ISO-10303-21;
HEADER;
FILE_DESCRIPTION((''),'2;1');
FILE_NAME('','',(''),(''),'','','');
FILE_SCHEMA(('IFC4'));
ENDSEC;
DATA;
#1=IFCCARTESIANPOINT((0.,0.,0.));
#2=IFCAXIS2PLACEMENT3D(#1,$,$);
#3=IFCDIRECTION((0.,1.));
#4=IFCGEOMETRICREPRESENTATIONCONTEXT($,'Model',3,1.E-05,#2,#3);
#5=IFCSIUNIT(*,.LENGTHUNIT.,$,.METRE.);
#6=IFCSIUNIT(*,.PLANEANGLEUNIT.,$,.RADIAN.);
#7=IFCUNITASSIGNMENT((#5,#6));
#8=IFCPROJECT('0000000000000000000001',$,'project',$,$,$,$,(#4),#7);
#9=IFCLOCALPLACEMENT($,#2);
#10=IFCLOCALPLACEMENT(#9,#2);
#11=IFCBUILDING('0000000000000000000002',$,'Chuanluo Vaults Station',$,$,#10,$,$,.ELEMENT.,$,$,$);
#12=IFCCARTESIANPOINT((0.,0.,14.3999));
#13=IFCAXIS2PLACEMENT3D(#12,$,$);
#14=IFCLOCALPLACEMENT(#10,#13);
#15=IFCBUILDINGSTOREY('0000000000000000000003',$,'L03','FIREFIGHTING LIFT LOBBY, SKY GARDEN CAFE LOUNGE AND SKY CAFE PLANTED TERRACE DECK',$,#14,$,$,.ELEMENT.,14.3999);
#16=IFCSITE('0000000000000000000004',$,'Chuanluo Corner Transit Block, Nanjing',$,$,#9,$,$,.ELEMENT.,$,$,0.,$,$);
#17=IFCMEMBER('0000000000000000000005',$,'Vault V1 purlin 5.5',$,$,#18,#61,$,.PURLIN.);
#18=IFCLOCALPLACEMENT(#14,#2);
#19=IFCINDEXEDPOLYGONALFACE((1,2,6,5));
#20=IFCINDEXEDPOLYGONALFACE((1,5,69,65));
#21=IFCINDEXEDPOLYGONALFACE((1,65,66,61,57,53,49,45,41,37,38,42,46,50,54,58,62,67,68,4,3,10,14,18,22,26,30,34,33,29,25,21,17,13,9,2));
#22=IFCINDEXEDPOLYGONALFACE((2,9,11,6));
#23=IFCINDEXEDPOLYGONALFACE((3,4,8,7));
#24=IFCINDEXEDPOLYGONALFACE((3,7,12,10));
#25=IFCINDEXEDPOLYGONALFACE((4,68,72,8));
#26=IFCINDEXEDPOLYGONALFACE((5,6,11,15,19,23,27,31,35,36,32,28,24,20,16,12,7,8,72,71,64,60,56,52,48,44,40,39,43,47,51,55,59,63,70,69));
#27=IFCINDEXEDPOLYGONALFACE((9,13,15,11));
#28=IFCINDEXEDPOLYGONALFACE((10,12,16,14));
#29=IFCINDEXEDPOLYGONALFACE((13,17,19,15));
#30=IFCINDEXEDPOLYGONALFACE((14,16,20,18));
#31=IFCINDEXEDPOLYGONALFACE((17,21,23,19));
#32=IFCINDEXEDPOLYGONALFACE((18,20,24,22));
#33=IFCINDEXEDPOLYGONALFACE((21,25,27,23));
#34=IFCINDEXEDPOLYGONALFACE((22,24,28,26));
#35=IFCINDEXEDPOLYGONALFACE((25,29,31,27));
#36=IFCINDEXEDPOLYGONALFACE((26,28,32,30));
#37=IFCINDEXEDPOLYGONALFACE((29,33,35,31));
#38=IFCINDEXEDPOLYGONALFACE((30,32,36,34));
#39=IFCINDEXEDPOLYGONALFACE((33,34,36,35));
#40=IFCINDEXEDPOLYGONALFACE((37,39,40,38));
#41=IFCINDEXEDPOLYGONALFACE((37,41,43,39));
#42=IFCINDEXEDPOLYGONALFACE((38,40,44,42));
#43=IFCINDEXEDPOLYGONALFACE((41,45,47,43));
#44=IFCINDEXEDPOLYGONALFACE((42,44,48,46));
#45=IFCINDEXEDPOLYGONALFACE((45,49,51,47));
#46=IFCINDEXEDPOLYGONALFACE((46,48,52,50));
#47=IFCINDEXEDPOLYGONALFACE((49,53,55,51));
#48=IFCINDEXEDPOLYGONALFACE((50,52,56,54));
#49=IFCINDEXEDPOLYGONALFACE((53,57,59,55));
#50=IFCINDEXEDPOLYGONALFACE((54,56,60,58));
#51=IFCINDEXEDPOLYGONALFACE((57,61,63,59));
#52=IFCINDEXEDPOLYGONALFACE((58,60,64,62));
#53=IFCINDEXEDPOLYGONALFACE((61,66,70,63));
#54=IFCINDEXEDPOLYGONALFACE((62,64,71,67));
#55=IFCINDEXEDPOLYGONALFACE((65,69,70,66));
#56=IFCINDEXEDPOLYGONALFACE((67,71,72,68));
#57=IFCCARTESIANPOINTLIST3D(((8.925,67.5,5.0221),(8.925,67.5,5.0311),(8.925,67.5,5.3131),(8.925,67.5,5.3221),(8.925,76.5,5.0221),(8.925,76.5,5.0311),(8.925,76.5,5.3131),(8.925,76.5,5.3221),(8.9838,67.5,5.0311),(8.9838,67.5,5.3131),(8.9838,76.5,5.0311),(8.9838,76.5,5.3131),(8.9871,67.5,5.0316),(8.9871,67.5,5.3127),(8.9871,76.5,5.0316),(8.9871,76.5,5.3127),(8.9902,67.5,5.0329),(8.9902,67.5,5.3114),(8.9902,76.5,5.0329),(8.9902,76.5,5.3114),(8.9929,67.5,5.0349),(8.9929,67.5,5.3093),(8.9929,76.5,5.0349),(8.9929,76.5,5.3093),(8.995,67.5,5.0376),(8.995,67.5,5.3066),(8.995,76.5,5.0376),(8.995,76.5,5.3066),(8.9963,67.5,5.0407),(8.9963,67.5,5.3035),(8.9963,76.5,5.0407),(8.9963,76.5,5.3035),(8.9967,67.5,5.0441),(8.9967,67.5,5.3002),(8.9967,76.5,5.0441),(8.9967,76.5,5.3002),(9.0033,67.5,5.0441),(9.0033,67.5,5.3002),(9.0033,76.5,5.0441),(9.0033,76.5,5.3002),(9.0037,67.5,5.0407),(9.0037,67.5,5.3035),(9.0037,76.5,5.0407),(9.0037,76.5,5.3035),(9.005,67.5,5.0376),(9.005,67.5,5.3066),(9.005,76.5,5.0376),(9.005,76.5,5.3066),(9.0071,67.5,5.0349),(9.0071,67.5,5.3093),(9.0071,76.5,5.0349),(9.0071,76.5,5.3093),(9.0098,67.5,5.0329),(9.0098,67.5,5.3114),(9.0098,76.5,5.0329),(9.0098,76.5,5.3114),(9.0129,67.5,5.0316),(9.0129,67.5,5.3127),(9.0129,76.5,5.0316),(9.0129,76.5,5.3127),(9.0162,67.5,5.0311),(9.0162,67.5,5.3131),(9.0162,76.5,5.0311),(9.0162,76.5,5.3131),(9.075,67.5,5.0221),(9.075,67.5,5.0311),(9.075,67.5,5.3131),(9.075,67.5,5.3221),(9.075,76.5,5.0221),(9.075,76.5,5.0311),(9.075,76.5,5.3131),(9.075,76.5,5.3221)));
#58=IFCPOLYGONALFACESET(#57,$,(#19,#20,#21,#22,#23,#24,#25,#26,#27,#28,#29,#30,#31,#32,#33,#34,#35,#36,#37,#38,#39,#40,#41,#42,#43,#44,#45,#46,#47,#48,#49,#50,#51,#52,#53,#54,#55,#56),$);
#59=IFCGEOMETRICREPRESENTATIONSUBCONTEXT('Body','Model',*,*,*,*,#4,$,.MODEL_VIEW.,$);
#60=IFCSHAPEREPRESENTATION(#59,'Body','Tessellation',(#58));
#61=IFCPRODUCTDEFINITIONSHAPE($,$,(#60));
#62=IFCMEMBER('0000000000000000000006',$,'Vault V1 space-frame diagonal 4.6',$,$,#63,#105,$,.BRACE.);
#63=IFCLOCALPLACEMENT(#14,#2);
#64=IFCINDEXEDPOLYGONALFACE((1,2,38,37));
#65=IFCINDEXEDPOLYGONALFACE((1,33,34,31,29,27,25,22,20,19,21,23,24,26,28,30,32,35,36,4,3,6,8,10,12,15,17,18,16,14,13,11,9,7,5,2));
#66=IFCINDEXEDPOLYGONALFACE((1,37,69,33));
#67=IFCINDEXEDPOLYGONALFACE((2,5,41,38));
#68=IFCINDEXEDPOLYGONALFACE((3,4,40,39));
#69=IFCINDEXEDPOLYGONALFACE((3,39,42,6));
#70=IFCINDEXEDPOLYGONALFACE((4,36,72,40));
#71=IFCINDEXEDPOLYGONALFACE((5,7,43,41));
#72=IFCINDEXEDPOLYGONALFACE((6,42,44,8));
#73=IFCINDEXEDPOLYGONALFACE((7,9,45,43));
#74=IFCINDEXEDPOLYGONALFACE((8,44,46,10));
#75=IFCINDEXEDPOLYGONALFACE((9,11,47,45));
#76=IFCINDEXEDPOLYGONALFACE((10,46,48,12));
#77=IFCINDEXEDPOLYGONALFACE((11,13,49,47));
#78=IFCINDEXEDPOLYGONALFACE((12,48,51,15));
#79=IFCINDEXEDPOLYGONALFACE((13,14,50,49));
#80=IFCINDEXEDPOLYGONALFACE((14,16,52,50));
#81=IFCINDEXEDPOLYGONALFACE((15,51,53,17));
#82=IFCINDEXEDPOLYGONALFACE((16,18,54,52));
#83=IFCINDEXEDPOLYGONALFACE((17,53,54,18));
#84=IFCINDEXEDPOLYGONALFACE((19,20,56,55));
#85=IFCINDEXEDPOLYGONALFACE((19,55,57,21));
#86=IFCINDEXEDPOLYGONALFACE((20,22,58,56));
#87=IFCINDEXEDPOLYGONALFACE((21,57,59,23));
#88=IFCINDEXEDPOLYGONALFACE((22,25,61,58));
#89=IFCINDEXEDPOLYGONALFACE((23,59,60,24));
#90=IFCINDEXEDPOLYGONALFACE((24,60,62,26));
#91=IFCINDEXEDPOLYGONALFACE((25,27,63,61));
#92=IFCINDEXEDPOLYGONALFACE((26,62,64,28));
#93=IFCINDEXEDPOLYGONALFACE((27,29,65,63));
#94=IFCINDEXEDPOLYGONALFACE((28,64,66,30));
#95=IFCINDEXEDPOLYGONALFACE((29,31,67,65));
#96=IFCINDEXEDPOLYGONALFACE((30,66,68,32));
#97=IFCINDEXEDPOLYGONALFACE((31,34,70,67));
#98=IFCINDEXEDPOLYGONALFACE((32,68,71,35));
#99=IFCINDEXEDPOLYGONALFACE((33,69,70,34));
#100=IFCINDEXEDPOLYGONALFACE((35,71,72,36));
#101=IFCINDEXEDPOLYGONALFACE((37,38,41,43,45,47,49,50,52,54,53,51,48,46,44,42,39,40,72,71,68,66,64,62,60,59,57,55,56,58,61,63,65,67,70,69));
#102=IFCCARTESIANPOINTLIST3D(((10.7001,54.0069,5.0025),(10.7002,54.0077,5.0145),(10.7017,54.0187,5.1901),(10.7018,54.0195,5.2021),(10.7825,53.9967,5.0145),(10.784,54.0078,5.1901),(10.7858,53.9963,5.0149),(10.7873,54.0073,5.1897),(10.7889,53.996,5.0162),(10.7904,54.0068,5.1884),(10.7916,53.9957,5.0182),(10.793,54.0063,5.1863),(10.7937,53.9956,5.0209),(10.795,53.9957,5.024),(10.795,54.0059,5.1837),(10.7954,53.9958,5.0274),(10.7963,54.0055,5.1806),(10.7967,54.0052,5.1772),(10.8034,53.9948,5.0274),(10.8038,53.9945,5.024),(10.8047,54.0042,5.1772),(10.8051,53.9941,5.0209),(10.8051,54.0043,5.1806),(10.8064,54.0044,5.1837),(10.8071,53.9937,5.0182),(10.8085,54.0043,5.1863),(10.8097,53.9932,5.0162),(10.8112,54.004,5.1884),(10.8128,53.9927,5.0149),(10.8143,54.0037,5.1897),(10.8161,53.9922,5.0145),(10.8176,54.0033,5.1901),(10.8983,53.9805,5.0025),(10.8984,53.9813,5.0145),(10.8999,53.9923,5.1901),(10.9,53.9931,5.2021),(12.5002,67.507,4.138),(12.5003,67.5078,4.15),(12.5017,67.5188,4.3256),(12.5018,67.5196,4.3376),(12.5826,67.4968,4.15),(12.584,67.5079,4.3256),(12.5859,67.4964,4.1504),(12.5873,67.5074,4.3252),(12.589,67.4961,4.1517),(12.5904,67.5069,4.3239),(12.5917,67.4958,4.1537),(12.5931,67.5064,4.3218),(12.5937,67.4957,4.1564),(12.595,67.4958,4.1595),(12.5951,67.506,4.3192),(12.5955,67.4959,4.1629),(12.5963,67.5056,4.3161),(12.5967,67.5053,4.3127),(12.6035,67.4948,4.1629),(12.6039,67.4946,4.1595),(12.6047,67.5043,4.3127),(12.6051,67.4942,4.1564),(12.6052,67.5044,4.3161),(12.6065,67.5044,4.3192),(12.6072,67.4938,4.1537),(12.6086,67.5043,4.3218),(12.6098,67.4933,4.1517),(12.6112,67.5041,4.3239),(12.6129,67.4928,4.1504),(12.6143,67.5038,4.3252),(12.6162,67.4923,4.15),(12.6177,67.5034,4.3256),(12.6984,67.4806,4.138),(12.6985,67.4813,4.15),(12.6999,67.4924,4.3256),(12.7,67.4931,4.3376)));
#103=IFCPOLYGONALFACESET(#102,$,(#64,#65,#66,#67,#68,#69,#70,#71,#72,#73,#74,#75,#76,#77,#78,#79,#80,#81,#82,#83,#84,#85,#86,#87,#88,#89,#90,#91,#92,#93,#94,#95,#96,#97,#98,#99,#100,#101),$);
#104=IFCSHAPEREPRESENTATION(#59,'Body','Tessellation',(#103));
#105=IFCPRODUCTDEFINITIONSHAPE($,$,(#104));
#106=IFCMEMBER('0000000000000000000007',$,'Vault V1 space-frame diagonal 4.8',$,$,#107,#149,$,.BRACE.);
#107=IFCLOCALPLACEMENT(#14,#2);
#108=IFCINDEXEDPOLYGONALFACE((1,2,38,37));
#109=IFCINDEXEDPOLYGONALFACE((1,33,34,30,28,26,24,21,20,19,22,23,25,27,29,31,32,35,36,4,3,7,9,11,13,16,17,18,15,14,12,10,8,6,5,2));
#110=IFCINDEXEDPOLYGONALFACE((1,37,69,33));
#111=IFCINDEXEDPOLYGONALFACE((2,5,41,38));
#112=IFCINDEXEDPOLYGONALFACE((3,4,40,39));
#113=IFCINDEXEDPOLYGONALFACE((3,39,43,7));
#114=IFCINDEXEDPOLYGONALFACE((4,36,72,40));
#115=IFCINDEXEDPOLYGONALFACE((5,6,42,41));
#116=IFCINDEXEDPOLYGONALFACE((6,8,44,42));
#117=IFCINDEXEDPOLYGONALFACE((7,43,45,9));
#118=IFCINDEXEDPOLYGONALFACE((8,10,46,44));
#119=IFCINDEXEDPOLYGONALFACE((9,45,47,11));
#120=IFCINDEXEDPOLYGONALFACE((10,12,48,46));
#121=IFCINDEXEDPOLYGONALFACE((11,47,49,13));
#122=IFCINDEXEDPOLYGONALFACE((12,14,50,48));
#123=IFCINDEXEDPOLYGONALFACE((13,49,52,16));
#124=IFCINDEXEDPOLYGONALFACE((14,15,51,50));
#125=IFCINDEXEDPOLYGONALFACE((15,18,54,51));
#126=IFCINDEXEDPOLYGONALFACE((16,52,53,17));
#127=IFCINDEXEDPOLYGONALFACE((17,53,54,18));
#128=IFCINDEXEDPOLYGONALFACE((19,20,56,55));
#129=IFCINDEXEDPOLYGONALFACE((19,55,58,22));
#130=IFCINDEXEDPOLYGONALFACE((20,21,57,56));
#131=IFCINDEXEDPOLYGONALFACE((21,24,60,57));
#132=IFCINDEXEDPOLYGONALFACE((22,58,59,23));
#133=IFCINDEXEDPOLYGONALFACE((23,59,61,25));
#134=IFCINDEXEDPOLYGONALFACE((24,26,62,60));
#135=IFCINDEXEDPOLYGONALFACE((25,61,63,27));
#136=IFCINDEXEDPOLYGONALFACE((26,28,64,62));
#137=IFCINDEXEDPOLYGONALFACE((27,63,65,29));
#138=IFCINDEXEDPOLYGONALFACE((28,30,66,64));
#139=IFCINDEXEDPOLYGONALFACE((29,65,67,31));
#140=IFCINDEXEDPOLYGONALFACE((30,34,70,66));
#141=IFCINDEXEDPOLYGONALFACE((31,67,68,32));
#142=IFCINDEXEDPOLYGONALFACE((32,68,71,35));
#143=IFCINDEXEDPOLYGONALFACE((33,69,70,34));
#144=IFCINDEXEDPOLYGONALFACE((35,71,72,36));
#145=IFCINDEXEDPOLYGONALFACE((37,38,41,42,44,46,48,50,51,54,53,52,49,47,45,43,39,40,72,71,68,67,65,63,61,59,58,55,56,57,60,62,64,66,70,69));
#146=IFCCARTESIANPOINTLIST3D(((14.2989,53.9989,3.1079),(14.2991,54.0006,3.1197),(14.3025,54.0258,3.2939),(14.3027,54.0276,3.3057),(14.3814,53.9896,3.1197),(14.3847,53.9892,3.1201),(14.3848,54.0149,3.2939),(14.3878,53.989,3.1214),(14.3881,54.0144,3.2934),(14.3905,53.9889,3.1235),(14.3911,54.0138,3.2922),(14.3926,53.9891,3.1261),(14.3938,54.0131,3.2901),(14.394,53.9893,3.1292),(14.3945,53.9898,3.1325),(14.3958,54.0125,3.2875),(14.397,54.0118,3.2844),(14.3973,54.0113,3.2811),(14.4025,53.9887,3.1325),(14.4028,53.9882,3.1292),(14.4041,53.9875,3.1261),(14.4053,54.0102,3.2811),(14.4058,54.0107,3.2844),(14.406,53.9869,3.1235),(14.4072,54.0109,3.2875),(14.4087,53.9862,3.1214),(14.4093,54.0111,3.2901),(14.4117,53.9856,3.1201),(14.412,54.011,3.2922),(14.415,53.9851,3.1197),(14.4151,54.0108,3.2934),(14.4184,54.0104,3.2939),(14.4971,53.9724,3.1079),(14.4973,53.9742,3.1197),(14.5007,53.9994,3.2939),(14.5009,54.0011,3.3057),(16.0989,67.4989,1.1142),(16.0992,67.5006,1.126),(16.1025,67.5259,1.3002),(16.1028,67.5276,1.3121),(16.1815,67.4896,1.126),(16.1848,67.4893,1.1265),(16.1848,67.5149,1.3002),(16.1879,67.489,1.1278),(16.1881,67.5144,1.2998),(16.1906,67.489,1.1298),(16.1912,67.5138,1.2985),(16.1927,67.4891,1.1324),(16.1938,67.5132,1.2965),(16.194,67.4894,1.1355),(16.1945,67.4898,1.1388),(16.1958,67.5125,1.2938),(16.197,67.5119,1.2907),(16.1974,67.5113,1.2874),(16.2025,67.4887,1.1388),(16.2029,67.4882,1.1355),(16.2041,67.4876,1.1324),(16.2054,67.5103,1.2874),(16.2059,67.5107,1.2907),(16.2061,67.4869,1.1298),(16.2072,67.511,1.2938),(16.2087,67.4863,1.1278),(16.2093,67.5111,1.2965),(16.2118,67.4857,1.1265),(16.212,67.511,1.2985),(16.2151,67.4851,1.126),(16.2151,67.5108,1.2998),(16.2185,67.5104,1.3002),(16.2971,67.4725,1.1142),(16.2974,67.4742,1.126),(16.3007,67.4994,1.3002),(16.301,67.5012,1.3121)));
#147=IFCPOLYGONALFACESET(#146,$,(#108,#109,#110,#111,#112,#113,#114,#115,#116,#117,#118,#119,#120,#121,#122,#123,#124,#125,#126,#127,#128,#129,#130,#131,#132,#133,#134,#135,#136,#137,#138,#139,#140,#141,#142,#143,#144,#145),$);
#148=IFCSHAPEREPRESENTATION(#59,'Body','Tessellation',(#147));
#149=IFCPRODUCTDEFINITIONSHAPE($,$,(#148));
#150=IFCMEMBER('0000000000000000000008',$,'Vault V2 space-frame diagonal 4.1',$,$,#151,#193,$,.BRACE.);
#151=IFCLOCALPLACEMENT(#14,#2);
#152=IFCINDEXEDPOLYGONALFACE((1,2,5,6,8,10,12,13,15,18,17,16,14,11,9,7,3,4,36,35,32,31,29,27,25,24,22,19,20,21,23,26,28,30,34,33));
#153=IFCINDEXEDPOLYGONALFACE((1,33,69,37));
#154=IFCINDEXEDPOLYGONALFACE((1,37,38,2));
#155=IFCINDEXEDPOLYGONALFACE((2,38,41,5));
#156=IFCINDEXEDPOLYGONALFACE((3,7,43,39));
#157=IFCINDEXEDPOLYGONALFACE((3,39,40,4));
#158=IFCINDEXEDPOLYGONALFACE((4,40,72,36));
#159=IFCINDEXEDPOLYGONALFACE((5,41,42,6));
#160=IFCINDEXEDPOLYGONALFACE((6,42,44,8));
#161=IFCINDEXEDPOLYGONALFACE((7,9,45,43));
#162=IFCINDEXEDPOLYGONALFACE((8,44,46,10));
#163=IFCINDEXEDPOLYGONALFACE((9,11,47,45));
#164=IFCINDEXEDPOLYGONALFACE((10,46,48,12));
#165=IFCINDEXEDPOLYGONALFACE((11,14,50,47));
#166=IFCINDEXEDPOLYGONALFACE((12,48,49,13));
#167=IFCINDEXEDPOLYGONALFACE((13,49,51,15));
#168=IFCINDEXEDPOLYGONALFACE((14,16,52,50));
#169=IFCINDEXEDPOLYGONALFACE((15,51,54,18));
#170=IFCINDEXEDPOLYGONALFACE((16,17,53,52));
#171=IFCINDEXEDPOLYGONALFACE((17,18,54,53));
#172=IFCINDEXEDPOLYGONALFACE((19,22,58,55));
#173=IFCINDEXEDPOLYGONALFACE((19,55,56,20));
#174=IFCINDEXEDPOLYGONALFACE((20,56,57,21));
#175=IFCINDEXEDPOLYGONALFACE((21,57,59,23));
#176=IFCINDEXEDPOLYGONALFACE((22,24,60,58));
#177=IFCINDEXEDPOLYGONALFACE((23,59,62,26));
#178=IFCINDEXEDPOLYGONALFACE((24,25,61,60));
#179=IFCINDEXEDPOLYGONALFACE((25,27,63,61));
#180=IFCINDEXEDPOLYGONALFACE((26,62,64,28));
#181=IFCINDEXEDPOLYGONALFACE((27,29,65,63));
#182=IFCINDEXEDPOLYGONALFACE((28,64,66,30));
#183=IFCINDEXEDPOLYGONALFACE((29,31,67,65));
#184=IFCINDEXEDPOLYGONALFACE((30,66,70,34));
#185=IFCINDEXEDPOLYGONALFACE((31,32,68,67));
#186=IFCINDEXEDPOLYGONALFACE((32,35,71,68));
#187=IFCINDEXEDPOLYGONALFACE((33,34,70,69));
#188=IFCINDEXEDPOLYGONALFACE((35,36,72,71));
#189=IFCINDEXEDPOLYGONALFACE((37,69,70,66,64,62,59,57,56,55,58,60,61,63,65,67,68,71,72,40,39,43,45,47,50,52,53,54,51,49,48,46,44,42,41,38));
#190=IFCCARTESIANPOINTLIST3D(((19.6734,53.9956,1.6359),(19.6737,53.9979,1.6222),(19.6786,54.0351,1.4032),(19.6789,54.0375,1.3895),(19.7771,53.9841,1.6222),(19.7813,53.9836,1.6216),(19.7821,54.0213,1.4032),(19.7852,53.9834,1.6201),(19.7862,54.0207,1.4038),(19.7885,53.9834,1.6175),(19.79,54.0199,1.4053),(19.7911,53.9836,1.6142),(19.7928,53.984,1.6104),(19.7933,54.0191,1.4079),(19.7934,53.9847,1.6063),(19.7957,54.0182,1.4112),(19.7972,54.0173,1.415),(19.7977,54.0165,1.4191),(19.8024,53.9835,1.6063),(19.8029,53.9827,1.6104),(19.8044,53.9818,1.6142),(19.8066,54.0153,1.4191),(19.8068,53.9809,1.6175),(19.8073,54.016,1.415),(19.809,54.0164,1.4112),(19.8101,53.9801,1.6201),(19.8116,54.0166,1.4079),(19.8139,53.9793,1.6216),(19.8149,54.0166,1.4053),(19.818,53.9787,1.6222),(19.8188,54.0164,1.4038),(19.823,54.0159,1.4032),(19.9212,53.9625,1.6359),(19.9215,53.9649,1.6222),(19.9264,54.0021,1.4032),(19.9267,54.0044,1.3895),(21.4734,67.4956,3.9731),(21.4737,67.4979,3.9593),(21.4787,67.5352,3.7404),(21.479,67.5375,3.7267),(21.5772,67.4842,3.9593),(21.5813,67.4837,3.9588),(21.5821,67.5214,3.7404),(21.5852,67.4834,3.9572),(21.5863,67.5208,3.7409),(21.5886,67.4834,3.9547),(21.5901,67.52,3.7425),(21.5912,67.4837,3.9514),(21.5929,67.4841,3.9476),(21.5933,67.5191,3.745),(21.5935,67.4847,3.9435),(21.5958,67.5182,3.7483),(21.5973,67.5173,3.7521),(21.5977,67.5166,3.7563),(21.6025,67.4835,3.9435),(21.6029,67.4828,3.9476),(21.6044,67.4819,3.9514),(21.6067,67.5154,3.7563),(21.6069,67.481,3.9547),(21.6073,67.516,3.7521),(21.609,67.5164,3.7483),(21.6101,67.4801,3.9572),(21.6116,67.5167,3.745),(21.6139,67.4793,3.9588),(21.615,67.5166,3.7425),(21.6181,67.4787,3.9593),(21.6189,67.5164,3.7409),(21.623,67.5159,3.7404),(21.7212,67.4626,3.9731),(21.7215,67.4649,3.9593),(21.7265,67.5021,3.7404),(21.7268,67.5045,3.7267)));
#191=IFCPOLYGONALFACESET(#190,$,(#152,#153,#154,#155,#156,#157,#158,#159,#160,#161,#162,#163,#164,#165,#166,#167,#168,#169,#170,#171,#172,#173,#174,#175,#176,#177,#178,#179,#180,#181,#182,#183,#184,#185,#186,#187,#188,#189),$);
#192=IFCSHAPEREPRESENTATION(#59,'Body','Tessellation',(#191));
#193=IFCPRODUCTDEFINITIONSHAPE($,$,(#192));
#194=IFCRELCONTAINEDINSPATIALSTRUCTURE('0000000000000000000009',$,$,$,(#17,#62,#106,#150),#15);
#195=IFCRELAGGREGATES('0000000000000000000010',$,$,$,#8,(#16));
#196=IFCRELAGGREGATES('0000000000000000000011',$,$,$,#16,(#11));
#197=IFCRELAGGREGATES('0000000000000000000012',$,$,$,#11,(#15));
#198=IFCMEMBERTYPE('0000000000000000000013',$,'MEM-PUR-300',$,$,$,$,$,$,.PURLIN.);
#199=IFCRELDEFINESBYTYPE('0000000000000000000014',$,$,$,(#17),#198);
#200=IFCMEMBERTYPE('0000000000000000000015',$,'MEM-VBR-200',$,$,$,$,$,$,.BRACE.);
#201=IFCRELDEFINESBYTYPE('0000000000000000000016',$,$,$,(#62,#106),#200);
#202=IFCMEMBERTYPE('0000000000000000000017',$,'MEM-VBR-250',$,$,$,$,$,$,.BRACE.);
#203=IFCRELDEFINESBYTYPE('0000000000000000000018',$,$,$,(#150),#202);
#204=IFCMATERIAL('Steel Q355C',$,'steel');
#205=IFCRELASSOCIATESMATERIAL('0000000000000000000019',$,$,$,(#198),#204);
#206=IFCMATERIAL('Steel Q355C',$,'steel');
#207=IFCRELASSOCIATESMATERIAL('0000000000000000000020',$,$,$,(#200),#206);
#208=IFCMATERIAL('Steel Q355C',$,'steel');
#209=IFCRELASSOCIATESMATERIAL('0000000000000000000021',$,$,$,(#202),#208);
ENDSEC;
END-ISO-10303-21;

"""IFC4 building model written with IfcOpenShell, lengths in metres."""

from ifc_helpers import new_model, si_unit, direction, frame, origin, origin_2d, place, context, subcontext, project, spatial, i_section, extrude, material, material_profile, profile_set, type_object, element, save


model = new_model("IFC4")

# Units and contexts
model_context = context("Model", 3, precision=1e-05, world=origin(), true_north=direction((0.0, 1.0)))
body_context = subcontext(model_context, "Body", "Model", "MODEL_VIEW")
ifc_project = project(units=[si_unit("LENGTHUNIT", "METRE"), si_unit("PLANEANGLEUNIT", "RADIAN")], contexts=[model_context])

# Site, building, storey
site_placement = place(None, origin())
site = spatial("IfcSite", under=ifc_project, at=site_placement, Name="Chuanluo Corner Transit Block, Nanjing", CompositionType="ELEMENT", RefElevation=0.0)
building_placement = place(site_placement, origin())
building = spatial("IfcBuilding", under=site, at=building_placement, Name="Chuanluo Vaults Station", CompositionType="ELEMENT")
storey_placement = place(building_placement, frame((0.0, 0.0, 14.3999)))
storey = spatial("IfcBuildingStorey", under=building, at=storey_placement, Name="L03", Description="FIREFIGHTING LIFT LOBBY, SKY GARDEN CAFE LOUNGE AND SKY CAFE PLANTED TERRACE DECK", CompositionType="ELEMENT", Elevation=14.3999)

# Members
ifc_material_1 = material(Name="Steel Q355C", Category="steel")
ifc_material_profile_1 = material_profile(ifc_material_1, i_section(OverallWidth=0.1499, OverallDepth=0.3, WebThickness=0.0066, FlangeThickness=0.009, FilletRadius=0.0129, at=origin_2d()))
ifc_profile_set_1 = profile_set([ifc_material_profile_1], Name="Steel Q355C")
member_type_1 = type_object("IfcMemberType", Name="MEM-PUR-300", PredefinedType="PURLIN", material=ifc_profile_set_1)
member_1_placement = place(storey_placement, frame((9.0, 67.5, 5.1721), z_axis=(0.0, 1.0, 0.0), x_axis=(-1.0, 0.0, 0.0)))
element("IfcMember", 1, at=member_1_placement, inside=storey, type_object=member_type_1, Name="Vault V1 purlin 5.5", PredefinedType="PURLIN", context=body_context, shape_type="SweptSolid", body=[
    extrude(i_section(OverallWidth=0.1499, OverallDepth=0.3, WebThickness=0.0066, FlangeThickness=0.009, FilletRadius=0.0129, at=origin_2d()), origin(), (0.0, 0.0, 1.0), 9.0),
])
ifc_material_2 = material(Name="Steel Q355C", Category="steel")
ifc_material_profile_2 = material_profile(ifc_material_2, i_section(OverallWidth=0.2, OverallDepth=0.2, WebThickness=0.0081, FlangeThickness=0.012, FilletRadius=0.0129, at=origin_2d()))
ifc_profile_set_2 = profile_set([ifc_material_profile_2], Name="Steel Q355C")
member_type_2 = type_object("IfcMemberType", Name="MEM-VBR-200", PredefinedType="BRACE", material=ifc_profile_set_2)
member_2_placement = place(storey_placement, frame((10.8, 54.0, 5.1023), z_axis=(0.131902, 0.989237, -0.063348), x_axis=(-0.991227, 0.132167, 0.0)))
element("IfcMember", 2, at=member_2_placement, inside=storey, type_object=member_type_2, Name="Vault V1 space-frame diagonal 4.6", PredefinedType="BRACE", context=body_context, shape_type="SweptSolid", body=[
    extrude(i_section(OverallWidth=0.2, OverallDepth=0.2, WebThickness=0.0081, FlangeThickness=0.012, FilletRadius=0.0129, at=origin_2d()), origin(), (0.0, 0.0, 1.0), 13.647),
])
member_3_placement = place(storey_placement, frame((14.3999, 54.0, 3.2068), z_axis=(0.130774, 0.980775, -0.144839), x_axis=(-0.991227, 0.132167, 0.0)))
element("IfcMember", 3, at=member_3_placement, inside=storey, type_object=member_type_2, Name="Vault V1 space-frame diagonal 4.8", PredefinedType="BRACE", context=body_context, shape_type="SweptSolid", body=[
    extrude(i_section(OverallWidth=0.2, OverallDepth=0.2, WebThickness=0.0081, FlangeThickness=0.012, FilletRadius=0.0129, at=origin_2d()), origin(), (0.0, 0.0, 1.0), 13.7646),
])
ifc_material_3 = material(Name="Steel Q355C", Category="steel")
ifc_material_profile_3 = material_profile(ifc_material_3, i_section(OverallWidth=0.25, OverallDepth=0.25, WebThickness=0.009, FlangeThickness=0.0139, FilletRadius=0.0161, at=origin_2d()))
ifc_profile_set_3 = profile_set([ifc_material_profile_3], Name="Steel Q355C")
member_type_3 = type_object("IfcMemberType", Name="MEM-VBR-250", PredefinedType="BRACE", material=ifc_profile_set_3)
member_4_placement = place(storey_placement, frame((19.8, 54.0, 1.5127), z_axis=(0.130263, 0.976947, 0.169132), x_axis=(-0.991227, 0.132167, 0.0)))
element("IfcMember", 4, at=member_4_placement, inside=storey, type_object=member_type_3, Name="Vault V2 space-frame diagonal 4.1", PredefinedType="BRACE", context=body_context, shape_type="SweptSolid", body=[
    extrude(i_section(OverallWidth=0.25, OverallDepth=0.25, WebThickness=0.009, FlangeThickness=0.0139, FilletRadius=0.0161, at=origin_2d()), origin(), (0.0, 0.0, 1.0), 13.8186),
])

save(model, "model.ifc")
